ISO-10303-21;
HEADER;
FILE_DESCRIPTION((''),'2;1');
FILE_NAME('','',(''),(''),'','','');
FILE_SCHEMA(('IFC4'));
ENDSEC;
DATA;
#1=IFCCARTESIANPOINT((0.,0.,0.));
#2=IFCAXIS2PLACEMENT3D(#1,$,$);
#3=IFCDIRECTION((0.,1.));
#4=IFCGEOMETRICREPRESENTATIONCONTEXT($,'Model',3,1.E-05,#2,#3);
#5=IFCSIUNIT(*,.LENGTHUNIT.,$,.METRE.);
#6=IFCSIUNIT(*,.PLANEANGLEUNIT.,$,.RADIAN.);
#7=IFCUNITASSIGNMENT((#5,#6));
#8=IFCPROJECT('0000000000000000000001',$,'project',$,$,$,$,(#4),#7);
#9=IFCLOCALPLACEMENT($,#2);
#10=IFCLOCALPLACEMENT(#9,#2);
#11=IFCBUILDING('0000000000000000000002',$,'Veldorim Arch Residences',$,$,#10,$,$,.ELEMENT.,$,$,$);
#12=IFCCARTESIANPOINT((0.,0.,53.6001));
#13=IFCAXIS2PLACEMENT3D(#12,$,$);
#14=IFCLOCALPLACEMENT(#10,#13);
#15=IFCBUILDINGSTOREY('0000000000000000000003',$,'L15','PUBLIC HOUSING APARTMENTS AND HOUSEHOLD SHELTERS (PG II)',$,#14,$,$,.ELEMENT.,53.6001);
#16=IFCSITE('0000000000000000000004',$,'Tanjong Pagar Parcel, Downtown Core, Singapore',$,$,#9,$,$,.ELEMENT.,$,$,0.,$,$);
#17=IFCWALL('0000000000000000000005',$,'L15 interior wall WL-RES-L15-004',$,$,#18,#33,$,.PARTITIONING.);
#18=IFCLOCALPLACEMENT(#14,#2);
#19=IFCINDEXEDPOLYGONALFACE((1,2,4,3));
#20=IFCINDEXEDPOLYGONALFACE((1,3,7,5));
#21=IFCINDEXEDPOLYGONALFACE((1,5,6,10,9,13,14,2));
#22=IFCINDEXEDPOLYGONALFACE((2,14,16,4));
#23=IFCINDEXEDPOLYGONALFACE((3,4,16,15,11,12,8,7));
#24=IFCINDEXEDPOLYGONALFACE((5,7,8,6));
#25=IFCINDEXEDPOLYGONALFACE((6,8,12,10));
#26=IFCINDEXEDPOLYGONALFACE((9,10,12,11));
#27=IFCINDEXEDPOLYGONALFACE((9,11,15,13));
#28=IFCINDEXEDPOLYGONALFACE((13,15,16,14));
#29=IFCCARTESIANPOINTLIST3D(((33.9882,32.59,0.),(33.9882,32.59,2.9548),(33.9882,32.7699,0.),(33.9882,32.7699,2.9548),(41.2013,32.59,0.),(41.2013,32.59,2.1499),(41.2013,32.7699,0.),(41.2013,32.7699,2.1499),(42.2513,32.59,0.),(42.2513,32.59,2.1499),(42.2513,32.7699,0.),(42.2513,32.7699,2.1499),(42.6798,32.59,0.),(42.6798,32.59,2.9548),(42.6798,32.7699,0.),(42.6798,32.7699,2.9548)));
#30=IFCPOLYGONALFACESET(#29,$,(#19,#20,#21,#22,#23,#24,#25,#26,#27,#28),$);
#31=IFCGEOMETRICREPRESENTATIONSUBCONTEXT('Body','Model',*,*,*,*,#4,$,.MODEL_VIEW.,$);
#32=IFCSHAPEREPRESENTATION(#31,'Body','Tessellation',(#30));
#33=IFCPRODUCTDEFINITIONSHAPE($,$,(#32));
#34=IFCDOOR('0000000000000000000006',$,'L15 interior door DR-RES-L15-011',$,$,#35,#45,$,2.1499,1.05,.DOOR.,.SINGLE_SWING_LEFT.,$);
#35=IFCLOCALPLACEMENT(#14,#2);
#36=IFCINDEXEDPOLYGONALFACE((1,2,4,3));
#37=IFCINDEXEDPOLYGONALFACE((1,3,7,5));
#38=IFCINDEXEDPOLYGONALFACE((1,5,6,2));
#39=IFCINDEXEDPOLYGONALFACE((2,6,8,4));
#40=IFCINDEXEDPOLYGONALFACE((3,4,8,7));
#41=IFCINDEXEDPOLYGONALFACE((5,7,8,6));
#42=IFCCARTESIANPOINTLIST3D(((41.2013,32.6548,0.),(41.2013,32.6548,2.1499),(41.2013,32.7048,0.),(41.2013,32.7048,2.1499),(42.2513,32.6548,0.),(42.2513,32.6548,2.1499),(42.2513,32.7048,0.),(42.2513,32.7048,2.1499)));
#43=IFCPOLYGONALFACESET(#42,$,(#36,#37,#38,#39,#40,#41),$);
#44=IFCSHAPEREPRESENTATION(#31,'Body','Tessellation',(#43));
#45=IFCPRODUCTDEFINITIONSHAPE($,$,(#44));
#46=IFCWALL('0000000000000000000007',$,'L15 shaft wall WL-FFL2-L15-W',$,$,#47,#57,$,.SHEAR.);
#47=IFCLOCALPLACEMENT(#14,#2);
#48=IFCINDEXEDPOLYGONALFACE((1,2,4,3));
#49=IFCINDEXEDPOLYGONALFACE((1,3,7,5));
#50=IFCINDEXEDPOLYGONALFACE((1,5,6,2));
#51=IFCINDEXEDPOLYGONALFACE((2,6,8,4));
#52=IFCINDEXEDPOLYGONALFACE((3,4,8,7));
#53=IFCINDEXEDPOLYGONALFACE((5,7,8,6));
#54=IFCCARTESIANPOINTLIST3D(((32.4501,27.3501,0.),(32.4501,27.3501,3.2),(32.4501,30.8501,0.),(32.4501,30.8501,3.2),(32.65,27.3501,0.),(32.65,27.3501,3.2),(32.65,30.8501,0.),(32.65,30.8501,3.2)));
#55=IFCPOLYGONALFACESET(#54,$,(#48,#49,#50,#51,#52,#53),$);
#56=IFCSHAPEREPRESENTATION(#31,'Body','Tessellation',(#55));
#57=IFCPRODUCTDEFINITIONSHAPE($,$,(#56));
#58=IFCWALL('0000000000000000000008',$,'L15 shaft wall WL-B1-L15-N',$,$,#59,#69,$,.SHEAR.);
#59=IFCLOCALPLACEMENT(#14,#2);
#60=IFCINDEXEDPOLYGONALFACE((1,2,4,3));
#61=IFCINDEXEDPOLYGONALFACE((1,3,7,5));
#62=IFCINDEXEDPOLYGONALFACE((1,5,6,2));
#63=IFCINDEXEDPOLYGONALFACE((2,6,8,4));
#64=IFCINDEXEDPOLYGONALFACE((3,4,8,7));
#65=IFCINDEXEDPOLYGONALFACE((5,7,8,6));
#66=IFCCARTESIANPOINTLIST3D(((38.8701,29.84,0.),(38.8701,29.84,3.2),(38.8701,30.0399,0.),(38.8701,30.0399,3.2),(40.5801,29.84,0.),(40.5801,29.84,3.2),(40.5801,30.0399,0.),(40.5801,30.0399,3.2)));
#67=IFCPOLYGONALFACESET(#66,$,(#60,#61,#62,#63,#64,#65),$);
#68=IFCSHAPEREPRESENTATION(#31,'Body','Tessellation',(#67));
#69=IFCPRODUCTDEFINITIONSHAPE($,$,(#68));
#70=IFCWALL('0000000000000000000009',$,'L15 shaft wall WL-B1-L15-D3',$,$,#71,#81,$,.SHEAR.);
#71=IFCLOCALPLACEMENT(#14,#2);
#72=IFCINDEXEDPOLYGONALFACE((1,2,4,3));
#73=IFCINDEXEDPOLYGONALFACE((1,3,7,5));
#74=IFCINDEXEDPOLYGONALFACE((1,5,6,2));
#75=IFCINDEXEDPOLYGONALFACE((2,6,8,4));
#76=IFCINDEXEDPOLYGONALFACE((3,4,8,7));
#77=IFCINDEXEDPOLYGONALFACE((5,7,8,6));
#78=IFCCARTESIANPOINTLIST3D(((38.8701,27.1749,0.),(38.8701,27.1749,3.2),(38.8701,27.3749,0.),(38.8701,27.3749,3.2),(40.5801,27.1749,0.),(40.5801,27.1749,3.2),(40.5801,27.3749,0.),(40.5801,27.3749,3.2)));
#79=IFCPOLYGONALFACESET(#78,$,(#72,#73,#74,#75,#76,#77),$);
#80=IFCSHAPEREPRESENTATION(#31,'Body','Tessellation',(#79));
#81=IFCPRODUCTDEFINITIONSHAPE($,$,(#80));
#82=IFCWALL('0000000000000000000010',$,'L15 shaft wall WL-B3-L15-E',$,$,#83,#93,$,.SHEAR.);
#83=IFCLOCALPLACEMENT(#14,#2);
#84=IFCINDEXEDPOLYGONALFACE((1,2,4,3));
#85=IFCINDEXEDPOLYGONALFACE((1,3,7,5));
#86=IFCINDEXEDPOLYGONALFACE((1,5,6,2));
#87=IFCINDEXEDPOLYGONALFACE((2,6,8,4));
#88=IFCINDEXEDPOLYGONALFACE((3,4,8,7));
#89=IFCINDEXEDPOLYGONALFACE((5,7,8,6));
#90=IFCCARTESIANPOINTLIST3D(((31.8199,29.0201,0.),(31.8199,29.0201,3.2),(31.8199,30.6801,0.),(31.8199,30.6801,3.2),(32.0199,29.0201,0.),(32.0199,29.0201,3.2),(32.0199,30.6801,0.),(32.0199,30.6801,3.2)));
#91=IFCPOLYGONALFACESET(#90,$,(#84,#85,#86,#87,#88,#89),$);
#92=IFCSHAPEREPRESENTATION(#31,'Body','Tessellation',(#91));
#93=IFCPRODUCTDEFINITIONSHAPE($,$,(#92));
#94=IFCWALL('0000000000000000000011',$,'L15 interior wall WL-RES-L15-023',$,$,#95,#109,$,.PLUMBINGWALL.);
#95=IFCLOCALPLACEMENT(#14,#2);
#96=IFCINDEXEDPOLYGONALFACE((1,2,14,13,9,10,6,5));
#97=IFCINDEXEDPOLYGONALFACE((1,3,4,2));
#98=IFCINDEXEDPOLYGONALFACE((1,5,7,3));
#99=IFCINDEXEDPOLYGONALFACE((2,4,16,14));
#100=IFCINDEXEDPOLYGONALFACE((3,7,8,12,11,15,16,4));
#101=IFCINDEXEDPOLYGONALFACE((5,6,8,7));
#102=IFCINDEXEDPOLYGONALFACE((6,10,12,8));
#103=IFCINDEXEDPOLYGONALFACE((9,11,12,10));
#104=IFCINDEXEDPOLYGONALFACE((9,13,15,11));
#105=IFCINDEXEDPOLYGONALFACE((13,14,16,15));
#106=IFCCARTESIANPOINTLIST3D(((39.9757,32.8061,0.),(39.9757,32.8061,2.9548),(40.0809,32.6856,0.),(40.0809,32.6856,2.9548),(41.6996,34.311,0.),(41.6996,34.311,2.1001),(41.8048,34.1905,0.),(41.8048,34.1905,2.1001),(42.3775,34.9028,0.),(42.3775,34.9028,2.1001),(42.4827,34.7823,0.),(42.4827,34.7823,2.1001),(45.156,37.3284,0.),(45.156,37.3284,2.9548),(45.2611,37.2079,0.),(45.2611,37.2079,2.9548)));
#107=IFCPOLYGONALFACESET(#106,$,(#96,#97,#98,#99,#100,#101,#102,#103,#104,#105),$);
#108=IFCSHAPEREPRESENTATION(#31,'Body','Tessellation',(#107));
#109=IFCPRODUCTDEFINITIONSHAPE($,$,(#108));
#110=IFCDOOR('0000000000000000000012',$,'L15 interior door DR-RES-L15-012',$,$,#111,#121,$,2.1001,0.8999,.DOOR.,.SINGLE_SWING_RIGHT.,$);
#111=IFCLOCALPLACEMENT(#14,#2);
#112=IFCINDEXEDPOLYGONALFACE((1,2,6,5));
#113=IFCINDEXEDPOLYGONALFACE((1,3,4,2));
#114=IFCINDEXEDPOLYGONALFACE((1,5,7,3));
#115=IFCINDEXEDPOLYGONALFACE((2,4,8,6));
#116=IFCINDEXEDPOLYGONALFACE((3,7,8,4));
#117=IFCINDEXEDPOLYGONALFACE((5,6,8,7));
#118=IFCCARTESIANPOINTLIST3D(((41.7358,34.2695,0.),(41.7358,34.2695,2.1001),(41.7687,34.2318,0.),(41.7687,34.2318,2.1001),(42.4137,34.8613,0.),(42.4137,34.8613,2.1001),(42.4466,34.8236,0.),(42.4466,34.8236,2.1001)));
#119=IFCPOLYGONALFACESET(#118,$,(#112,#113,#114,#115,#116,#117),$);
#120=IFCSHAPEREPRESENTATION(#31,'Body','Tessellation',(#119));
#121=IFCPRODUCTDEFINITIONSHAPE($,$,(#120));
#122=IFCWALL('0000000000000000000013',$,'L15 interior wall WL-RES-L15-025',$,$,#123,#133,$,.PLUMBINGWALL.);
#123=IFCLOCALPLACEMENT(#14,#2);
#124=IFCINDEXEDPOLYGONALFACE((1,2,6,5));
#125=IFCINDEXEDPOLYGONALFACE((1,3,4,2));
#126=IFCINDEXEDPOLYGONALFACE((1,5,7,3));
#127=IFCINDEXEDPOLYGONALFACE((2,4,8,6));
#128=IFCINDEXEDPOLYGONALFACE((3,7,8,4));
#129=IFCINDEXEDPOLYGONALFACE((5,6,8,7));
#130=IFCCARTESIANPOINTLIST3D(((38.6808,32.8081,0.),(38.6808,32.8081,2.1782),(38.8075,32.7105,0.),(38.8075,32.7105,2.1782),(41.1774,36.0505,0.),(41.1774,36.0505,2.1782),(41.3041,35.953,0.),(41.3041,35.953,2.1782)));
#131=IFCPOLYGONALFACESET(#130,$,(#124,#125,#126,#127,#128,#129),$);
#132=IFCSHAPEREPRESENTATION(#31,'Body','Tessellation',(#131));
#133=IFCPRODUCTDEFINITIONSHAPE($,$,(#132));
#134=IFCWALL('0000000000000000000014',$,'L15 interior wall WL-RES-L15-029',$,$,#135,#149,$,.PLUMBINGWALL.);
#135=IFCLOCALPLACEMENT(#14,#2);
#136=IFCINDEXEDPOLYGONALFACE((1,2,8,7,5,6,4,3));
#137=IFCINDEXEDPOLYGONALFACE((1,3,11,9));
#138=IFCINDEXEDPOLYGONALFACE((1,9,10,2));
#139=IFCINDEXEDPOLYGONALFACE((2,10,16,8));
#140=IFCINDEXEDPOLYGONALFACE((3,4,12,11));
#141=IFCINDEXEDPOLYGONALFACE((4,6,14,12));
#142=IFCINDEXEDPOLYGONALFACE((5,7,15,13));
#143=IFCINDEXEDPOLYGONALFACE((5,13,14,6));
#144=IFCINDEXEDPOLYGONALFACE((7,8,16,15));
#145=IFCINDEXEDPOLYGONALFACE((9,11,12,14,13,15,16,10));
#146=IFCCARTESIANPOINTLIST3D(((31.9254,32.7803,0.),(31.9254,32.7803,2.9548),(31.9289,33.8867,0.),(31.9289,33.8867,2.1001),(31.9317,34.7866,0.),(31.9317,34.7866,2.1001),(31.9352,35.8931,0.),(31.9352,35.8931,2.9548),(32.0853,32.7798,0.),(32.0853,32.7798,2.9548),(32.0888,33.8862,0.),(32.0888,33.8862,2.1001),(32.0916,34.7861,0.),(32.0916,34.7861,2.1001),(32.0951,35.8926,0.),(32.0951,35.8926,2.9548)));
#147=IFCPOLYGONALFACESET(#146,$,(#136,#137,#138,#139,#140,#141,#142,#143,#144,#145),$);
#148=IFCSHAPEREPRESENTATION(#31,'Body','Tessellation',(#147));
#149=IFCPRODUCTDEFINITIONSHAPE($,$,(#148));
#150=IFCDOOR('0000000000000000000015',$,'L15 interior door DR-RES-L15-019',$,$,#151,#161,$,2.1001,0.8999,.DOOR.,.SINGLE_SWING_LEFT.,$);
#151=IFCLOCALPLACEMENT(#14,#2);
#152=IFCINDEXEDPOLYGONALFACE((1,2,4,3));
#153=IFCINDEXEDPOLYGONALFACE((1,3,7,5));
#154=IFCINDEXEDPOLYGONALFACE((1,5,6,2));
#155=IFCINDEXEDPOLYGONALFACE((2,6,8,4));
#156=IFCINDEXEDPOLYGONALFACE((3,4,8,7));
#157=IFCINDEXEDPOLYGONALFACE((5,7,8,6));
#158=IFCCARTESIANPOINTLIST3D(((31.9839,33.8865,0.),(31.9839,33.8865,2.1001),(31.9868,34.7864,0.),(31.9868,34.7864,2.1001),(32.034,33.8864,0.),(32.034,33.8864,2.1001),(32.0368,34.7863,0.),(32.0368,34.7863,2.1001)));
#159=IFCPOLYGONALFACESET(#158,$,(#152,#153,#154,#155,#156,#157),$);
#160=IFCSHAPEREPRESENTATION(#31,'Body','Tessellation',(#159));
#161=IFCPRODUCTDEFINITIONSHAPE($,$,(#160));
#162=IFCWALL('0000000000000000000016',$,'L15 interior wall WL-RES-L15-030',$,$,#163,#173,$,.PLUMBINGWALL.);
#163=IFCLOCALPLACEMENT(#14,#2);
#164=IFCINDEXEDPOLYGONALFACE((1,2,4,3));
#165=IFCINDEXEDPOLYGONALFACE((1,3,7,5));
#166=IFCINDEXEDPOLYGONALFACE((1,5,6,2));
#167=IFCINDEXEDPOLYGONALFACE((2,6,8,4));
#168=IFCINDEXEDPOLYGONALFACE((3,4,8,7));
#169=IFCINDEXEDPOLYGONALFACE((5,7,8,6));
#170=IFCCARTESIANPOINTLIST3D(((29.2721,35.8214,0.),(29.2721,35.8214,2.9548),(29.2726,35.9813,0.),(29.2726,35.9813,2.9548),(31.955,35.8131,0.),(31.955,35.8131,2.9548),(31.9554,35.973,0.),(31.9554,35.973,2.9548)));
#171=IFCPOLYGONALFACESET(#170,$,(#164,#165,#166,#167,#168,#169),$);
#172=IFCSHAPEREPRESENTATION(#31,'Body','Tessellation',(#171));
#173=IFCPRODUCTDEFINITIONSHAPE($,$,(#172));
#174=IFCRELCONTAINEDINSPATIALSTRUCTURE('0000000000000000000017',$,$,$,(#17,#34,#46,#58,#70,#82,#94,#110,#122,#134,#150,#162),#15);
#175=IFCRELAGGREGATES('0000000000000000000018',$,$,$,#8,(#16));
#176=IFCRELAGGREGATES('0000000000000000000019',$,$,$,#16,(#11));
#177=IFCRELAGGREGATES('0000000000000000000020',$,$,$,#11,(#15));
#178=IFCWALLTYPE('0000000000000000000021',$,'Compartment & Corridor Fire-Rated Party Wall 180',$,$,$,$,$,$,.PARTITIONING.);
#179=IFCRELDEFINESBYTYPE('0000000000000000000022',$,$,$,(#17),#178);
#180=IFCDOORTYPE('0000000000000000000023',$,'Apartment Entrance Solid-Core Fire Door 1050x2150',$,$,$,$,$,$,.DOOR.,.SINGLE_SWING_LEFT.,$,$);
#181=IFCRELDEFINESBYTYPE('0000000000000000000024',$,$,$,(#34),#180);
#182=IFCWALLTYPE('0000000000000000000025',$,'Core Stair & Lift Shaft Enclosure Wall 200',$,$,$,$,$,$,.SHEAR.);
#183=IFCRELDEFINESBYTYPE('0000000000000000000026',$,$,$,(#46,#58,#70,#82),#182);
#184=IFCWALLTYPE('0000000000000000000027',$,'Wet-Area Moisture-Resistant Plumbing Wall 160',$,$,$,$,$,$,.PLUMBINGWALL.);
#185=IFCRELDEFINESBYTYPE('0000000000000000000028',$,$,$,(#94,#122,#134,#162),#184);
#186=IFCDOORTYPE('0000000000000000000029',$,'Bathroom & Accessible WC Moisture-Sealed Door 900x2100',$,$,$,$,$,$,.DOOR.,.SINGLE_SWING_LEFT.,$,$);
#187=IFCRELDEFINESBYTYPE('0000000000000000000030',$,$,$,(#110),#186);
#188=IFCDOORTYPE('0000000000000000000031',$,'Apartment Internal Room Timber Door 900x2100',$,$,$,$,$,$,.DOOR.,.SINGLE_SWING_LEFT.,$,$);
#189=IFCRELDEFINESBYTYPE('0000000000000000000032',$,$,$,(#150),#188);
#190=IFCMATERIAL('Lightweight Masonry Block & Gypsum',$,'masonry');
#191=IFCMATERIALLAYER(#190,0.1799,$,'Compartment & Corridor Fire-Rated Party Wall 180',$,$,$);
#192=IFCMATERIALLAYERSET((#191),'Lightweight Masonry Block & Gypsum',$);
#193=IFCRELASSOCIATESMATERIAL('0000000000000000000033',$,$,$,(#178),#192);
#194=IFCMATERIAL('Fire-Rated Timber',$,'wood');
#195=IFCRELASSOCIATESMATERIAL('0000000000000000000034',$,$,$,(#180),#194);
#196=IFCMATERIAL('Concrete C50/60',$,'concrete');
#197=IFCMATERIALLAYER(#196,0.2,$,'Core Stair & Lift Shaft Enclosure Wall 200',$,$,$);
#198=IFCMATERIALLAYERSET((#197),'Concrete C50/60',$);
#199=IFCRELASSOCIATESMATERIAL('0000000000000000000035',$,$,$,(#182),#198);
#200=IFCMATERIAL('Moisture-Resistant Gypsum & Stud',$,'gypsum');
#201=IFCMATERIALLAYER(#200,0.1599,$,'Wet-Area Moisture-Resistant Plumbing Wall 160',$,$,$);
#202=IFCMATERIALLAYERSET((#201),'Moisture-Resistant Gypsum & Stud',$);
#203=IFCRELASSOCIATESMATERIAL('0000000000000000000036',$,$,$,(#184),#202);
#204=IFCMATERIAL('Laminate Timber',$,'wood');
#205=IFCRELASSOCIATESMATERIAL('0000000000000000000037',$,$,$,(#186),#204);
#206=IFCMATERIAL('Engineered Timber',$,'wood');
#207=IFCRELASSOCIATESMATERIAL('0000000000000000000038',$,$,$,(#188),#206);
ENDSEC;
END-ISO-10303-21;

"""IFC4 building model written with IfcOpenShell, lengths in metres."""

from ifc_helpers import new_model, si_unit, direction, frame, frame_2d, origin, place, context, subcontext, project, spatial, rectangle, extrude, material, layer, layer_set, type_object, element, fill, save


model = new_model("IFC4")

# Units and contexts
model_context = context("Model", 3, precision=1e-05, world=origin(), true_north=direction((0.0, 1.0)))
body_context = subcontext(model_context, "Body", "Model", "MODEL_VIEW")
ifc_project = project(units=[si_unit("LENGTHUNIT", "METRE"), si_unit("PLANEANGLEUNIT", "RADIAN")], contexts=[model_context])

# Site, building, storey
site_placement = place(None, origin())
site = spatial("IfcSite", under=ifc_project, at=site_placement, Name="Tanjong Pagar Parcel, Downtown Core, Singapore", CompositionType="ELEMENT", RefElevation=0.0)
building_placement = place(site_placement, origin())
building = spatial("IfcBuilding", under=site, at=building_placement, Name="Veldorim Arch Residences", CompositionType="ELEMENT")
storey_placement = place(building_placement, frame((0.0, 0.0, 53.6001)))
storey = spatial("IfcBuildingStorey", under=building, at=storey_placement, Name="L15", Description="PUBLIC HOUSING APARTMENTS AND HOUSEHOLD SHELTERS (PG II)", CompositionType="ELEMENT", Elevation=53.6001)

# Wall, opening, door
ifc_material_1 = material(Name="Lightweight Masonry Block & Gypsum", Category="masonry")
ifc_layer_1 = layer(ifc_material_1, 0.1799, Name="Compartment & Corridor Fire-Rated Party Wall 180")
ifc_layer_set_1 = layer_set([ifc_layer_1], Name="Lightweight Masonry Block & Gypsum")
wall_type_1 = type_object("IfcWallType", Name="Compartment & Corridor Fire-Rated Party Wall 180", PredefinedType="PARTITIONING", material=ifc_layer_set_1)
wall_1_placement = place(storey_placement, frame((33.9883, 32.6799, 0.0), z_axis=(0.0, 0.0, 1.0), x_axis=(1.0, 0.0, 0.0)))
wall_1 = element("IfcWall", 1, at=wall_1_placement, inside=storey, type_object=wall_type_1, Name="L15 interior wall WL-RES-L15-004", PredefinedType="PARTITIONING", context=body_context, shape_type="SweptSolid", body=[
    extrude(rectangle(XDim=8.6917, YDim=0.1799, at=frame_2d((4.3457, 0.0))), origin(), (0.0, 0.0, 1.0), 2.9548),
])
opening_1_placement = place(wall_1_placement, frame((7.2131, 0.0, 0.0)))
opening_1 = element("IfcOpeningElement", 2, at=opening_1_placement, cuts=wall_1, PredefinedType="OPENING", context=body_context, shape_type="SweptSolid", body=[
    extrude(rectangle(XDim=1.05, YDim=2.1499, at=frame_2d((0.5249, 1.075))), frame((0.0, 0.0999, 0.0), z_axis=(0.0, -1.0, 0.0), x_axis=(1.0, 0.0, 0.0)), (0.0, 0.0, 1.0), 0.2),
])
ifc_material_2 = material(Name="Fire-Rated Timber", Category="wood")
door_type_1 = type_object("IfcDoorType", Name="Apartment Entrance Solid-Core Fire Door 1050x2150", OperationType="SINGLE_SWING_LEFT", PredefinedType="DOOR", material=ifc_material_2)
door_1_placement = place(opening_1_placement, origin())
door_1 = element("IfcDoor", 3, at=door_1_placement, inside=storey, type_object=door_type_1, Name="L15 interior door DR-RES-L15-011", OperationType="SINGLE_SWING_LEFT", OverallHeight=2.1499, OverallWidth=1.05, PredefinedType="DOOR", context=body_context, shape_type="SweptSolid", body=[
    extrude(rectangle(XDim=1.05, YDim=2.1499, at=frame_2d((0.5249, 1.075))), frame((0.0, 0.0249, 0.0), z_axis=(0.0, -1.0, 0.0), x_axis=(1.0, 0.0, 0.0)), (0.0, 0.0, 1.0), 0.05),
])
fill(opening_1, door_1)
ifc_material_3 = material(Name="Concrete C50/60", Category="concrete")
ifc_layer_2 = layer(ifc_material_3, 0.2, Name="Core Stair & Lift Shaft Enclosure Wall 200")
ifc_layer_set_2 = layer_set([ifc_layer_2], Name="Concrete C50/60")
wall_type_2 = type_object("IfcWallType", Name="Core Stair & Lift Shaft Enclosure Wall 200", PredefinedType="SHEAR", material=ifc_layer_set_2)

# Walls
wall_2_placement = place(storey_placement, frame((32.55, 27.3501, 0.0), z_axis=(0.0, 0.0, 1.0), x_axis=(0.0, 1.0, 0.0)))
element("IfcWall", 4, at=wall_2_placement, inside=storey, type_object=wall_type_2, Name="L15 shaft wall WL-FFL2-L15-W", PredefinedType="SHEAR", context=body_context, shape_type="SweptSolid", body=[
    extrude(rectangle(XDim=3.5, YDim=0.2, at=frame_2d((1.75, 0.0))), origin(), (0.0, 0.0, 1.0), 3.2),
])
for number, where, z_axis, x_axis, name in (
    (5, (38.8701, 29.9399, 0.0), (0.0, 0.0, 1.0), (1.0, 0.0, 0.0), "L15 shaft wall WL-B1-L15-N"),
    (6, (38.8701, 27.2749, 0.0), (0.0, 0.0, 1.0), (1.0, 0.0, 0.0), "L15 shaft wall WL-B1-L15-D3"),
):
    element("IfcWall", number, at=place(storey_placement, frame(where, z_axis=z_axis, x_axis=x_axis)), inside=storey, type_object=wall_type_2, Name=name, PredefinedType="SHEAR", context=body_context, shape_type="SweptSolid", body=[
        extrude(rectangle(XDim=1.71, YDim=0.2, at=frame_2d((0.855, 0.0))), origin(), (0.0, 0.0, 1.0), 3.2),
    ])
wall_3_placement = place(storey_placement, frame((31.9199, 29.02, 0.0), z_axis=(0.0, 0.0, 1.0), x_axis=(0.0, 1.0, 0.0)))
element("IfcWall", 7, at=wall_3_placement, inside=storey, type_object=wall_type_2, Name="L15 shaft wall WL-B3-L15-E", PredefinedType="SHEAR", context=body_context, shape_type="SweptSolid", body=[
    extrude(rectangle(XDim=1.6599, YDim=0.2, at=frame_2d((0.8301, 0.0))), origin(), (0.0, 0.0, 1.0), 3.2),
])

# Wall, opening, door
ifc_material_4 = material(Name="Moisture-Resistant Gypsum & Stud", Category="gypsum")
ifc_layer_3 = layer(ifc_material_4, 0.1599, Name="Wet-Area Moisture-Resistant Plumbing Wall 160")
ifc_layer_set_3 = layer_set([ifc_layer_3], Name="Moisture-Resistant Gypsum & Stud")
wall_type_3 = type_object("IfcWallType", Name="Wet-Area Moisture-Resistant Plumbing Wall 160", PredefinedType="PLUMBINGWALL", material=ifc_layer_set_3)
wall_4_placement = place(storey_placement, frame((40.0283, 32.7458, 0.0), z_axis=(0.0, 0.0, 1.0), x_axis=(0.753328, 0.657645, 0.0)))
wall_4 = element("IfcWall", 8, at=wall_4_placement, inside=storey, type_object=wall_type_3, Name="L15 interior wall WL-RES-L15-023", PredefinedType="PLUMBINGWALL", context=body_context, shape_type="SweptSolid", body=[
    extrude(rectangle(XDim=6.8765, YDim=0.1599, at=frame_2d((3.4382, 0.0))), origin(), (0.0, 0.0, 1.0), 2.9548),
])
opening_2_placement = place(wall_4_placement, frame((2.2883, 0.0, 0.0)))
opening_2 = element("IfcOpeningElement", 9, at=opening_2_placement, cuts=wall_4, PredefinedType="OPENING", context=body_context, shape_type="SweptSolid", body=[
    extrude(rectangle(XDim=0.8999, YDim=2.1001, at=frame_2d((0.45, 1.05))), frame((0.0, 0.0898, 0.0), z_axis=(0.0, -1.0, 0.0), x_axis=(1.0, 0.0, 0.0)), (0.0, 0.0, 1.0), 0.1799),
])
ifc_material_5 = material(Name="Laminate Timber", Category="wood")
door_type_2 = type_object("IfcDoorType", Name="Bathroom & Accessible WC Moisture-Sealed Door 900x2100", OperationType="SINGLE_SWING_LEFT", PredefinedType="DOOR", material=ifc_material_5)
door_2_placement = place(opening_2_placement, origin())
door_2 = element("IfcDoor", 10, at=door_2_placement, inside=storey, type_object=door_type_2, Name="L15 interior door DR-RES-L15-012", OperationType="SINGLE_SWING_RIGHT", OverallHeight=2.1001, OverallWidth=0.8999, PredefinedType="DOOR", context=body_context, shape_type="SweptSolid", body=[
    extrude(rectangle(XDim=0.8999, YDim=2.1001, at=frame_2d((0.45, 1.05))), frame((0.0, 0.0249, 0.0), z_axis=(0.0, -1.0, 0.0), x_axis=(1.0, 0.0, 0.0)), (0.0, 0.0, 1.0), 0.05),
])
fill(opening_2, door_2)

# Wall
wall_5_placement = place(storey_placement, frame((38.7441, 32.7593, 0.0), z_axis=(0.0, 0.0, 1.0), x_axis=(0.61008, 0.79234, 0.0)))
element("IfcWall", 11, at=wall_5_placement, inside=storey, type_object=wall_type_3, Name="L15 interior wall WL-RES-L15-025", PredefinedType="PLUMBINGWALL", context=body_context, shape_type="SweptSolid", body=[
    extrude(rectangle(XDim=4.0923, YDim=0.1599, at=frame_2d((2.0461, 0.0))), origin(), (0.0, 0.0, 1.0), 2.1782),
])

# Wall, opening, door
wall_6_placement = place(storey_placement, frame((32.0054, 32.78, 0.0), z_axis=(0.0, 0.0, 1.0), x_axis=(0.003137, 0.999995, 0.0)))
wall_6 = element("IfcWall", 12, at=wall_6_placement, inside=storey, type_object=wall_type_3, Name="L15 interior wall WL-RES-L15-029", PredefinedType="PLUMBINGWALL", context=body_context, shape_type="SweptSolid", body=[
    extrude(rectangle(XDim=3.1128, YDim=0.1599, at=frame_2d((1.5564, 0.0))), origin(), (0.0, 0.0, 1.0), 2.9548),
])
opening_3_placement = place(wall_6_placement, frame((1.1064, 0.0, 0.0)))
opening_3 = element("IfcOpeningElement", 13, at=opening_3_placement, cuts=wall_6, PredefinedType="OPENING", context=body_context, shape_type="SweptSolid", body=[
    extrude(rectangle(XDim=0.8999, YDim=2.1001, at=frame_2d((0.45, 1.05))), frame((0.0, 0.0898, 0.0), z_axis=(0.0, -1.0, 0.0), x_axis=(1.0, 0.0, 0.0)), (0.0, 0.0, 1.0), 0.1799),
])
ifc_material_6 = material(Name="Engineered Timber", Category="wood")
door_type_3 = type_object("IfcDoorType", Name="Apartment Internal Room Timber Door 900x2100", OperationType="SINGLE_SWING_LEFT", PredefinedType="DOOR", material=ifc_material_6)
door_3_placement = place(opening_3_placement, origin())
door_3 = element("IfcDoor", 14, at=door_3_placement, inside=storey, type_object=door_type_3, Name="L15 interior door DR-RES-L15-019", OperationType="SINGLE_SWING_LEFT", OverallHeight=2.1001, OverallWidth=0.8999, PredefinedType="DOOR", context=body_context, shape_type="SweptSolid", body=[
    extrude(rectangle(XDim=0.8999, YDim=2.1001, at=frame_2d((0.45, 1.05))), frame((0.0, 0.0249, 0.0), z_axis=(0.0, -1.0, 0.0), x_axis=(1.0, 0.0, 0.0)), (0.0, 0.0, 1.0), 0.05),
])
fill(opening_3, door_3)

# Wall
wall_7_placement = place(storey_placement, frame((31.9551, 35.8931, 0.0), z_axis=(0.0, 0.0, 1.0), x_axis=(-0.999995, 0.003094, 0.0)))
element("IfcWall", 15, at=wall_7_placement, inside=storey, type_object=wall_type_3, Name="L15 interior wall WL-RES-L15-030", PredefinedType="PLUMBINGWALL", context=body_context, shape_type="SweptSolid", body=[
    extrude(rectangle(XDim=2.6829, YDim=0.1599, at=frame_2d((1.3413, 0.0))), origin(), (0.0, 0.0, 1.0), 2.9548),
])

save(model, "model.ifc")
